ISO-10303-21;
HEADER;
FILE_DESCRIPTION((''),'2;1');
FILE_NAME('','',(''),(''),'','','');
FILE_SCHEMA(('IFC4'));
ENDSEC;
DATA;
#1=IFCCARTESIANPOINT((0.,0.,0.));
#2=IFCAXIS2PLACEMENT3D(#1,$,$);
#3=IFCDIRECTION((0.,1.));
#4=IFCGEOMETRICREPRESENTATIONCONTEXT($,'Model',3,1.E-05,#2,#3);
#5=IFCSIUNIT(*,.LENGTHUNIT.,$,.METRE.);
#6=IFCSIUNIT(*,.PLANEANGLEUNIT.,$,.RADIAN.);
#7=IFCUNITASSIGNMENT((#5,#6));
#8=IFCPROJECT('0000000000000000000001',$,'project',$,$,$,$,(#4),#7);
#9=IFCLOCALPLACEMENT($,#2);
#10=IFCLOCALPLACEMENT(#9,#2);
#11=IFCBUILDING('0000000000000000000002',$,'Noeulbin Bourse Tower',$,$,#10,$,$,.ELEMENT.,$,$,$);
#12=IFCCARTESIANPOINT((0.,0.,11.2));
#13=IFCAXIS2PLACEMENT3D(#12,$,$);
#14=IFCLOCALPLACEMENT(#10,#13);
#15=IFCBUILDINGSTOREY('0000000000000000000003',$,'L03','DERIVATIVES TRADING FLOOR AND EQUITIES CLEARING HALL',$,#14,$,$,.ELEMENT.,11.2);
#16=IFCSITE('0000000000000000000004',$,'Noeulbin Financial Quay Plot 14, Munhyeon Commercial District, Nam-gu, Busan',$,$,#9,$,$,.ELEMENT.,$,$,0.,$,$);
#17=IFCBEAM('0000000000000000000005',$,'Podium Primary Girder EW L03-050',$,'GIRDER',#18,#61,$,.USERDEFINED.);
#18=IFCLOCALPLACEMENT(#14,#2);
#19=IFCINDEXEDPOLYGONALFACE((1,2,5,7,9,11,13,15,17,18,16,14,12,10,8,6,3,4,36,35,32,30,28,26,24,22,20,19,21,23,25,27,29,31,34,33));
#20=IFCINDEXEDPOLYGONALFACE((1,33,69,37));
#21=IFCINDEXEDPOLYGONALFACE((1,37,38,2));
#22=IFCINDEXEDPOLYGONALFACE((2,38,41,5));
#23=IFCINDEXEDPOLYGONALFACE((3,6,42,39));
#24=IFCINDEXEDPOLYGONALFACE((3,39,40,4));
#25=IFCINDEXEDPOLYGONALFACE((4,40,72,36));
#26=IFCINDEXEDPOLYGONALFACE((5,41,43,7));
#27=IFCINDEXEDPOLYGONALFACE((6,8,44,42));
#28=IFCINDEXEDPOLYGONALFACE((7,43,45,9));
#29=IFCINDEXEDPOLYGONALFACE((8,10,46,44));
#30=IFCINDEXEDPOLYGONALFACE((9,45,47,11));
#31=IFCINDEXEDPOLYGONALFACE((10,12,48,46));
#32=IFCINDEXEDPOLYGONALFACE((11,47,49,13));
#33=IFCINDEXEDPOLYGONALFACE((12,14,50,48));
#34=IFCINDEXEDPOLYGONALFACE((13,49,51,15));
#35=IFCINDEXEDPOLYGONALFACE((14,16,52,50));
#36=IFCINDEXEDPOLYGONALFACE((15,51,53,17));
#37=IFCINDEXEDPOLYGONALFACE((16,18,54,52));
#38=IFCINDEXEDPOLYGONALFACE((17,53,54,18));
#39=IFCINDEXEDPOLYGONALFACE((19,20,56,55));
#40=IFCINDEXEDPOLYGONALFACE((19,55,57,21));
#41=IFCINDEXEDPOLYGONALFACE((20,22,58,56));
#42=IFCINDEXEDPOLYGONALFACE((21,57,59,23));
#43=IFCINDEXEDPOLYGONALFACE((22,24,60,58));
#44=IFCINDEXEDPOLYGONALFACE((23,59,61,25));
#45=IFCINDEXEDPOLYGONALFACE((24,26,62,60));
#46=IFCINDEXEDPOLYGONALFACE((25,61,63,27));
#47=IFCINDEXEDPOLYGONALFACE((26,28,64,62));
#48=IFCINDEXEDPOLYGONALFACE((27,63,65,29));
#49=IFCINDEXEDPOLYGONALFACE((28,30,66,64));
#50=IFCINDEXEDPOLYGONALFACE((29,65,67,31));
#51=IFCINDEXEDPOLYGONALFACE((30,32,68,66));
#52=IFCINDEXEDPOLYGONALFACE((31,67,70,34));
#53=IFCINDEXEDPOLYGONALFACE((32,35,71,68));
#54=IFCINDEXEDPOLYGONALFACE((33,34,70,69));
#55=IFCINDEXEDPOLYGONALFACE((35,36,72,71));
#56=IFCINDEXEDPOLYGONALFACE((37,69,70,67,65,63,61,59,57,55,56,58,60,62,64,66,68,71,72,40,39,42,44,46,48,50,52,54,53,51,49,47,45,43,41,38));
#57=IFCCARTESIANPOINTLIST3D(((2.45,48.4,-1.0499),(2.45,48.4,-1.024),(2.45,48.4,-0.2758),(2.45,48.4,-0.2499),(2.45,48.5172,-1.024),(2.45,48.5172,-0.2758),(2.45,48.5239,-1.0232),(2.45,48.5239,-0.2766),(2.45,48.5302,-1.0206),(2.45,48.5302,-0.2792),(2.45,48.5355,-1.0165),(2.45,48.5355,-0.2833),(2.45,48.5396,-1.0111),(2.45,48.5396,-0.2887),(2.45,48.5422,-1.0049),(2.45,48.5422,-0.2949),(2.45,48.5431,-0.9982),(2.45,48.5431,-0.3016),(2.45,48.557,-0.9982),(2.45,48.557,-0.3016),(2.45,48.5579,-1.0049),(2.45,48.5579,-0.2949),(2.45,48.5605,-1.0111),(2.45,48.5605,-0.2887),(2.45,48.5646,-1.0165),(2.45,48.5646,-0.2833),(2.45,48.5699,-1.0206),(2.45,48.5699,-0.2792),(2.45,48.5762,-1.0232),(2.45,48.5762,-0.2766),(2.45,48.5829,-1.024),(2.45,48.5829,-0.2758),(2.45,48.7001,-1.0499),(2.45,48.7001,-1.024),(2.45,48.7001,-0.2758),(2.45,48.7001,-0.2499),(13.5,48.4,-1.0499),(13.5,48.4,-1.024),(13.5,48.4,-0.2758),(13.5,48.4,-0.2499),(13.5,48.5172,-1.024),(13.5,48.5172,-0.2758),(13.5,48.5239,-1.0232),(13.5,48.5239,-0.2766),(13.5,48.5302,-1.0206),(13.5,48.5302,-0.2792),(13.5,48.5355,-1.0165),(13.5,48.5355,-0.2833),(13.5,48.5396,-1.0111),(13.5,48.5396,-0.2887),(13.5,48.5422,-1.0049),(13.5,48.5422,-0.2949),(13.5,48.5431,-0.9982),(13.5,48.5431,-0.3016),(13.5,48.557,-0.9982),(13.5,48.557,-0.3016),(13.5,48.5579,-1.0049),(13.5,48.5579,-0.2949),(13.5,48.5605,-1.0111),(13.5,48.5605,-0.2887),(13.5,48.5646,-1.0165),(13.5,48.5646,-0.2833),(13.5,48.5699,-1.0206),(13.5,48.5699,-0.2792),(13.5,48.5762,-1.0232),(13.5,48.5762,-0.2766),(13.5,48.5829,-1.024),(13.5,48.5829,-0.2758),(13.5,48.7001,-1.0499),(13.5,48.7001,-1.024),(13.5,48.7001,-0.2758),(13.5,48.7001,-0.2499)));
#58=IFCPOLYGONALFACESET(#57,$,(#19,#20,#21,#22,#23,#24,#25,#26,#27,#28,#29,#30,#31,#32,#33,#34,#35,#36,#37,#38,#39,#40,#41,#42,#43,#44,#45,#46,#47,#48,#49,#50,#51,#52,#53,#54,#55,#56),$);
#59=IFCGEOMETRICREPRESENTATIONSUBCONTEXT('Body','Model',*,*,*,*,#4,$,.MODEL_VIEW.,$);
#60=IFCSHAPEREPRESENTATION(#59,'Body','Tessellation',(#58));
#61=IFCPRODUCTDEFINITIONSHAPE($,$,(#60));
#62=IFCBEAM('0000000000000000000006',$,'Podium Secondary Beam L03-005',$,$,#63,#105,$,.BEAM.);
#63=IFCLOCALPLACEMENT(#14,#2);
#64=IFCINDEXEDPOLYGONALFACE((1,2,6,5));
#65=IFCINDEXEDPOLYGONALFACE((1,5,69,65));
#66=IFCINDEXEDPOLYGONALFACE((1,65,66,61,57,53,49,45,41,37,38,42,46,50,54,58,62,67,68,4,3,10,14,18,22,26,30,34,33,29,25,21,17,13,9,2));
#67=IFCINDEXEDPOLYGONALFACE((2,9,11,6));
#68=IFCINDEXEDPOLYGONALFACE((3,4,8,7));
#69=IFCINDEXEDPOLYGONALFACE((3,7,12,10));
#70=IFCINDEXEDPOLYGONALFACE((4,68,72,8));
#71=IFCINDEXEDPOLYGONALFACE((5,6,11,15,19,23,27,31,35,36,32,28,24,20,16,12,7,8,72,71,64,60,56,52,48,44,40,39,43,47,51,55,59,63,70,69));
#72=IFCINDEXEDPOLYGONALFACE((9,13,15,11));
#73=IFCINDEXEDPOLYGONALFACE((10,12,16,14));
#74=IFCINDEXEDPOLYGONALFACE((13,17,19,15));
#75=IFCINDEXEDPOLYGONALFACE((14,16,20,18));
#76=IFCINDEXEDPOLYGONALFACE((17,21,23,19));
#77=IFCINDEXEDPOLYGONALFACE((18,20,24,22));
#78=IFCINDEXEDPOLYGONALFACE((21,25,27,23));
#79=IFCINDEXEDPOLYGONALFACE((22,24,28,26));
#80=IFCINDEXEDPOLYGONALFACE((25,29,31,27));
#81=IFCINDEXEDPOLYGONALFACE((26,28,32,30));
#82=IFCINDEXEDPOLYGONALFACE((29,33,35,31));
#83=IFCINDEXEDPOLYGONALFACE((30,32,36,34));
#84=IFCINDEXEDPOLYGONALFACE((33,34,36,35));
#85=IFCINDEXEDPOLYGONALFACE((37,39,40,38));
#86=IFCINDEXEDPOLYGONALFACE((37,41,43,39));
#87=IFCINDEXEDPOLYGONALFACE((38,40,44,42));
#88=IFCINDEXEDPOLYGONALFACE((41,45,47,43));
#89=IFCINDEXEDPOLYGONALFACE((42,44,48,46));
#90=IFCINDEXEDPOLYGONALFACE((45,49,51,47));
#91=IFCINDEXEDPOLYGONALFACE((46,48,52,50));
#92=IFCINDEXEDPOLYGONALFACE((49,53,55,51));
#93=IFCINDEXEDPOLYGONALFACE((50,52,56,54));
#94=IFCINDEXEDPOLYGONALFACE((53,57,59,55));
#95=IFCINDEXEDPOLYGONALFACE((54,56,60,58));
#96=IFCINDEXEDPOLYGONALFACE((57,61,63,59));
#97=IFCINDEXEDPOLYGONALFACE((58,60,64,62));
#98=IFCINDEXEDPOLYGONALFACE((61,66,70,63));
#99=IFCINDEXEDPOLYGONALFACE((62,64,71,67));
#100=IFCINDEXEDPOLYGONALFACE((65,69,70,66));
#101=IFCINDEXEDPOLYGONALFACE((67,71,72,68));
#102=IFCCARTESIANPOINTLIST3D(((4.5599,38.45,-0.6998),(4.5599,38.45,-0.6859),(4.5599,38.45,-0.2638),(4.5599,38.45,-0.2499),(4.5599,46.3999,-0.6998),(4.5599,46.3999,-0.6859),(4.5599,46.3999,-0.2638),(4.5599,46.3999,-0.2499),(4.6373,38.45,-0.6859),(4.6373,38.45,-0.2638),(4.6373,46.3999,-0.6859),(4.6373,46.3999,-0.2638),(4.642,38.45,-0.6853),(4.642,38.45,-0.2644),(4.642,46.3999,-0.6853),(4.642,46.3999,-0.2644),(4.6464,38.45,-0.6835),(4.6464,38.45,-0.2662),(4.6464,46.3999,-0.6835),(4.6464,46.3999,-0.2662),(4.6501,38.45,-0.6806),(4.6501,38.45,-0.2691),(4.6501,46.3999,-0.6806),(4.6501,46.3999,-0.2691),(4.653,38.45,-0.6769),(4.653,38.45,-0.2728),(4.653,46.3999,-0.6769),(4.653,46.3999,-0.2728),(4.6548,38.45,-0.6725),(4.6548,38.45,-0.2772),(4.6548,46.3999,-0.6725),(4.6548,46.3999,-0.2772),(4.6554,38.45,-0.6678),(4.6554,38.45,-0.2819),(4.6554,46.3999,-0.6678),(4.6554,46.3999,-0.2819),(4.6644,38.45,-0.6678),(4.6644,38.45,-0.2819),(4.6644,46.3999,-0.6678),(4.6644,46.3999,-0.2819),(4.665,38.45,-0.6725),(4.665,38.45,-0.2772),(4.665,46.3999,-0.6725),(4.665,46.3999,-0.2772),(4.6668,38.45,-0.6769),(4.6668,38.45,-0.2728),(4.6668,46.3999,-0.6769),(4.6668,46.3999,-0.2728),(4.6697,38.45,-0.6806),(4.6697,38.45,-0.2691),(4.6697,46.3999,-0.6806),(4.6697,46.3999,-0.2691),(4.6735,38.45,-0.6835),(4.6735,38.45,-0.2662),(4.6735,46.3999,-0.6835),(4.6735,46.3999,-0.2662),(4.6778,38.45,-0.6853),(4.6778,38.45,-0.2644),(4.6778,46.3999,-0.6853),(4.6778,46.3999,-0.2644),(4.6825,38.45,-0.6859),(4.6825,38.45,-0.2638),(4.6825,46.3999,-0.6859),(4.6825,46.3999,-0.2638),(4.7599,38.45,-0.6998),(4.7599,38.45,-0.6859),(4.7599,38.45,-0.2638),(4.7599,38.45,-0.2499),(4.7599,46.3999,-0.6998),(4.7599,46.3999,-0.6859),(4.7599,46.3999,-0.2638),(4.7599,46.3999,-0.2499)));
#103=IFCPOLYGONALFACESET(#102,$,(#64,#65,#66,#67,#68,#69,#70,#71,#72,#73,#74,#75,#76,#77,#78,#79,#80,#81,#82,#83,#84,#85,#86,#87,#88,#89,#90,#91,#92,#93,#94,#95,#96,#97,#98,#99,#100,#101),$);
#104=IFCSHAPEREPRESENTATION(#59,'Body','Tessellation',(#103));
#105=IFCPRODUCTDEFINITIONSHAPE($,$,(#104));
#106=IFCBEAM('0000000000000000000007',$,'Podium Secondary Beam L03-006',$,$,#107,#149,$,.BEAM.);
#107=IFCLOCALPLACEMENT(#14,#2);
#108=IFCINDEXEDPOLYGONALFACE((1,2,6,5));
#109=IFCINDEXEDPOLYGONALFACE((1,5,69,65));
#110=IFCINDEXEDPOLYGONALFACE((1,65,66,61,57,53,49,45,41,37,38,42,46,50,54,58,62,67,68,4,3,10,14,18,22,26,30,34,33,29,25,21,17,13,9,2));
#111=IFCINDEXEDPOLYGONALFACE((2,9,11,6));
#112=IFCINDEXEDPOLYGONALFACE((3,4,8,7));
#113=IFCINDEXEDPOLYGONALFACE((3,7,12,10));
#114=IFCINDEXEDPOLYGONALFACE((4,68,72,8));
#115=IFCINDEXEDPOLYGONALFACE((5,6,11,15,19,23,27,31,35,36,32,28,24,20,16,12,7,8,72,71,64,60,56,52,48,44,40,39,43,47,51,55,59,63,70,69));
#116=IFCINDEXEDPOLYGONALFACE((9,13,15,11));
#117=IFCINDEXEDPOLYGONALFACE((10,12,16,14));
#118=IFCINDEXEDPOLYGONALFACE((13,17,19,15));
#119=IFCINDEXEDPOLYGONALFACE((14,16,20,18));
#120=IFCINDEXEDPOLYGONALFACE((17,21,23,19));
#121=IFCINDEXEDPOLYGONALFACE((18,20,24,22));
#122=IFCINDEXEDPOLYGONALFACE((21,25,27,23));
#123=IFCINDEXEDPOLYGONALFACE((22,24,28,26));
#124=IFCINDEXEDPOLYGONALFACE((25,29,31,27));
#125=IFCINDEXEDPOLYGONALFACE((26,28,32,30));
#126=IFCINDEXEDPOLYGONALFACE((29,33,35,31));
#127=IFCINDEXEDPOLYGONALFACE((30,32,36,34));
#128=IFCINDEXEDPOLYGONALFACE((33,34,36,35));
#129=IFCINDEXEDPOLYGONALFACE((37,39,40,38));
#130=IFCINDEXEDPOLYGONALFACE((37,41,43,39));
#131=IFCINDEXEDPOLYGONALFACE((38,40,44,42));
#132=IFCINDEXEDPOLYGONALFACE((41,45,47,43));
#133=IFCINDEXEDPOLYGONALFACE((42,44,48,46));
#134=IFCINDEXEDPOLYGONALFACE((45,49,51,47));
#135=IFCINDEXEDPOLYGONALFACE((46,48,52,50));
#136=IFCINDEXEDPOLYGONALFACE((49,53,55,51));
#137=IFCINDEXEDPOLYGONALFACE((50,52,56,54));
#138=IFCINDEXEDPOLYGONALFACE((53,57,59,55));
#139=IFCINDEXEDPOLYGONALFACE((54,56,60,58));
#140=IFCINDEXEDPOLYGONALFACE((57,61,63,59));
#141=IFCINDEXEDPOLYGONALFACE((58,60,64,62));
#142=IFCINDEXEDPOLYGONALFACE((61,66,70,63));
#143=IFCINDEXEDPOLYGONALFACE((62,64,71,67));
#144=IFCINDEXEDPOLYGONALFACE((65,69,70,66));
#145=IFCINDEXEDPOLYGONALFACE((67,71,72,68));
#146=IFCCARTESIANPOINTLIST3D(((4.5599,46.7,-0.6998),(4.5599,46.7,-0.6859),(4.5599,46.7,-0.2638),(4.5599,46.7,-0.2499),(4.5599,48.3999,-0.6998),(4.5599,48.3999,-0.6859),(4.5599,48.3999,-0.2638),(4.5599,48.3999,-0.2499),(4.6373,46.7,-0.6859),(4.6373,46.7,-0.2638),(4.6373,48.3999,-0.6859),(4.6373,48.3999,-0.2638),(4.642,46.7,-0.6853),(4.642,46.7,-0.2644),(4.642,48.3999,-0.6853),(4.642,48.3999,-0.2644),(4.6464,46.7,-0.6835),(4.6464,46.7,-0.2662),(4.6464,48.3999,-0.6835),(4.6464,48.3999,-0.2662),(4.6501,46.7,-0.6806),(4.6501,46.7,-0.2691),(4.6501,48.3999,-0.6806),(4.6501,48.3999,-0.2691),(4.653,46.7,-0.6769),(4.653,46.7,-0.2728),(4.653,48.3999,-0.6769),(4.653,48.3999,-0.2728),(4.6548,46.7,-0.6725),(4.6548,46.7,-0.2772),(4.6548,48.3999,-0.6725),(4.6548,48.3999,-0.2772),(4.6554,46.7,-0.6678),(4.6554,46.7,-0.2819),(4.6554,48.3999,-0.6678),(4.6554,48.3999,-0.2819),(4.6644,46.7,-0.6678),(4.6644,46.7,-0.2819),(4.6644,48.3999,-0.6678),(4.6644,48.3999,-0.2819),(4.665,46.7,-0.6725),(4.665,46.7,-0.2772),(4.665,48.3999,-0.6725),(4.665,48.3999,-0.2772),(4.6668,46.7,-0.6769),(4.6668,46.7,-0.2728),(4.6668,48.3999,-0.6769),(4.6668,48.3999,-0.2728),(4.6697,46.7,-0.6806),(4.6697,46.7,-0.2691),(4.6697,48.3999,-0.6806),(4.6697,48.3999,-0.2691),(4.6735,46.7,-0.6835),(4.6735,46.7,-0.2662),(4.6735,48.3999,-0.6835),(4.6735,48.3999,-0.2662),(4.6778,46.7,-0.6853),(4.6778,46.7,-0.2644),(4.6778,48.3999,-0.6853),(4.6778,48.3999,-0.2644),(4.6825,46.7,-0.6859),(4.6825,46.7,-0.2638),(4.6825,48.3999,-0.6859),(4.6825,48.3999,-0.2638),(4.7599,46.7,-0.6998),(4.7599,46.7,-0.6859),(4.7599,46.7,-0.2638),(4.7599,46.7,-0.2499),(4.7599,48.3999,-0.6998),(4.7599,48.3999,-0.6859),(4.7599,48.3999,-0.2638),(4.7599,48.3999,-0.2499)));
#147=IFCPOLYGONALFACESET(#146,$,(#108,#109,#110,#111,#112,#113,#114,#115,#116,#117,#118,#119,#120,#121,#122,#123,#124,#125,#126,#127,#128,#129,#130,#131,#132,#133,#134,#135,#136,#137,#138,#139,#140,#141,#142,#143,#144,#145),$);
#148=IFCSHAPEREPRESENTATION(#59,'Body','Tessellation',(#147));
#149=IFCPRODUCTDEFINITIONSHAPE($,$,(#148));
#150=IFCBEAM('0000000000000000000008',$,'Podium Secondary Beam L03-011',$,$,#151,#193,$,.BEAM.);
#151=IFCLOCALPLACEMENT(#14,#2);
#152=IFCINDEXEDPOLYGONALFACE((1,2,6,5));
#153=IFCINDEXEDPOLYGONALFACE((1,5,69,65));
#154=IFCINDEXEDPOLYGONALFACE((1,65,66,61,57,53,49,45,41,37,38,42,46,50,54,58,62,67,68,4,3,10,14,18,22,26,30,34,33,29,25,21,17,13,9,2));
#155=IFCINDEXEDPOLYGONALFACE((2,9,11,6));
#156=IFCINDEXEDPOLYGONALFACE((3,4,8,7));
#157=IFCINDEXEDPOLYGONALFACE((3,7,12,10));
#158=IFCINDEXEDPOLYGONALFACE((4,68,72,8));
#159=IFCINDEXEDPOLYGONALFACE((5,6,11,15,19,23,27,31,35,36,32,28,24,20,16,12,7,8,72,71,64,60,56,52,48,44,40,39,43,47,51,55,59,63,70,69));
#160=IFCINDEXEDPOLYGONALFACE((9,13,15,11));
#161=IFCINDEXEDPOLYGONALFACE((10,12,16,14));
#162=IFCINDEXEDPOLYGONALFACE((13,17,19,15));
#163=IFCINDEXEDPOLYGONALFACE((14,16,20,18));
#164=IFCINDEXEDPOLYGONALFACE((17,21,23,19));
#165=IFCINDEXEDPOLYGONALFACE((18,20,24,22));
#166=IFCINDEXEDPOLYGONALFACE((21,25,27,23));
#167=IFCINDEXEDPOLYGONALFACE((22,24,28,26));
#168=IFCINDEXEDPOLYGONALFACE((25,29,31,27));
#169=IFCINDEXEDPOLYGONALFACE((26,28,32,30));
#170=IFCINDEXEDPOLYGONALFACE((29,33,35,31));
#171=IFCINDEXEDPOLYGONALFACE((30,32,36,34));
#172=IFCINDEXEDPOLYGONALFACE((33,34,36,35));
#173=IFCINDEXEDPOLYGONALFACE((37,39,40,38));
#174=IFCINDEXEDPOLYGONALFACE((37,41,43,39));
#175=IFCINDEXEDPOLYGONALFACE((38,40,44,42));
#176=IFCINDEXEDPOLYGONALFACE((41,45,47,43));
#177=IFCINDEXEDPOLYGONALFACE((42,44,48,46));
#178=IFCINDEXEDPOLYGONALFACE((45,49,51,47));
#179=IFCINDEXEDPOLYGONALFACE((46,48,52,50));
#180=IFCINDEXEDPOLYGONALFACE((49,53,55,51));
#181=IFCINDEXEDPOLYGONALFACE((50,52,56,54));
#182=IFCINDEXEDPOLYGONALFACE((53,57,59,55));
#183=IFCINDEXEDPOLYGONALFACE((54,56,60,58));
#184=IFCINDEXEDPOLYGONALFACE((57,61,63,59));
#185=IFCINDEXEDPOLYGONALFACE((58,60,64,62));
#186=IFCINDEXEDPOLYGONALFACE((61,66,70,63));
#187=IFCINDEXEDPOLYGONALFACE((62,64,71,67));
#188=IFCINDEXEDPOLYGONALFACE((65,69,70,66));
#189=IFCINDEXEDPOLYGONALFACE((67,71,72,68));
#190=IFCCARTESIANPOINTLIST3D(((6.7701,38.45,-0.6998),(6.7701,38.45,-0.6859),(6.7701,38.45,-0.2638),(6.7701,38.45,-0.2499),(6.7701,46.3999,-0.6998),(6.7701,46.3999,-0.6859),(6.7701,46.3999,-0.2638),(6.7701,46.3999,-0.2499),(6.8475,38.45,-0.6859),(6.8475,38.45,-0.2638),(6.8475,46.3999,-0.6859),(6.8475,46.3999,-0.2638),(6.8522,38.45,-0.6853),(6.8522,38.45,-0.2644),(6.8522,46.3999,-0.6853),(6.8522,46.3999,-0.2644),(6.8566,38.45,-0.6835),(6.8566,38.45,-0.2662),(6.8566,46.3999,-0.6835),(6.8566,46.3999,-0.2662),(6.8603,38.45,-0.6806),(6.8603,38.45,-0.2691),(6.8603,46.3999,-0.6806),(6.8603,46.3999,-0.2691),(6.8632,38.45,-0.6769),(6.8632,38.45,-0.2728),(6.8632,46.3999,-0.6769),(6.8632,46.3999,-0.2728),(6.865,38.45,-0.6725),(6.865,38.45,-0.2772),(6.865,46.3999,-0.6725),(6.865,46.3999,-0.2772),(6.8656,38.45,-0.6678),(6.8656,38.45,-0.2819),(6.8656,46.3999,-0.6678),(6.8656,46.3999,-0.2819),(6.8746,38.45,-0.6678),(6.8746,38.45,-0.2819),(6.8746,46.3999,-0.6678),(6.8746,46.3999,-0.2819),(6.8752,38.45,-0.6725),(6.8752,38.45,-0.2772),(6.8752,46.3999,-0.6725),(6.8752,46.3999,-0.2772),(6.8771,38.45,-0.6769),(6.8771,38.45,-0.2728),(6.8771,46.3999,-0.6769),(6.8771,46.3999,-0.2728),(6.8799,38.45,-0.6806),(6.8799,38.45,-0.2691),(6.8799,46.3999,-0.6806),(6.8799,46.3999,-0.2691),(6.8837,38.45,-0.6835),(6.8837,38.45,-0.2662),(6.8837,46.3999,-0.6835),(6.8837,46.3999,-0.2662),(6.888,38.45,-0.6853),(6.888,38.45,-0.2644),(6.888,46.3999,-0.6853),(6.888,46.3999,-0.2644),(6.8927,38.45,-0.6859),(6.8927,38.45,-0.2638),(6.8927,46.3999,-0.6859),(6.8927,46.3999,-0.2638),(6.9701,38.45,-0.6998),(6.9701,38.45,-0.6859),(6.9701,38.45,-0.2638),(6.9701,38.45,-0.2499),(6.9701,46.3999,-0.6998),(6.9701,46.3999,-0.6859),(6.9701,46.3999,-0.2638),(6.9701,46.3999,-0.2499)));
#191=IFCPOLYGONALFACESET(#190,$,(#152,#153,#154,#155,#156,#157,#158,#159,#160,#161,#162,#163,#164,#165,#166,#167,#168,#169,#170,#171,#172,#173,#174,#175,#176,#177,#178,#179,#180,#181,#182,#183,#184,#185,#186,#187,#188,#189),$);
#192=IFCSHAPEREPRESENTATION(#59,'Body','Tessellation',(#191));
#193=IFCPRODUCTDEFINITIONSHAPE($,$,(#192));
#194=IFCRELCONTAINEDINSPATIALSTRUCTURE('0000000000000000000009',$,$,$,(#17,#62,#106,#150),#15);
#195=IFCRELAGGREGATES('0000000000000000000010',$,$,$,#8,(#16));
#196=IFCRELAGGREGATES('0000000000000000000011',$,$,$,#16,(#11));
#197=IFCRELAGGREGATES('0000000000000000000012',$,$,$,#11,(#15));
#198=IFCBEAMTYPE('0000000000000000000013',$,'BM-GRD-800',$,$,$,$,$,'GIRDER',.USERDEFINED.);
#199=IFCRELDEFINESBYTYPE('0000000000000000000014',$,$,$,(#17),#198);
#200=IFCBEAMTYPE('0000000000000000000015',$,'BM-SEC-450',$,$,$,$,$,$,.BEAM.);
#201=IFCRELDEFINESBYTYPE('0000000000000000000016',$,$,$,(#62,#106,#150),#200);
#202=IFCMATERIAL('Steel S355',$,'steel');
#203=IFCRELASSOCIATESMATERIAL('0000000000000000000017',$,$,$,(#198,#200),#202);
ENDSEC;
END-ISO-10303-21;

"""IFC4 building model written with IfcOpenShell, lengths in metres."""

from ifc_helpers import new_model, si_unit, direction, frame, origin, origin_2d, place, context, subcontext, project, spatial, i_section, extrude, material, material_profile, profile_set, type_object, element, save


model = new_model("IFC4")

# Units and contexts
model_context = context("Model", 3, precision=1e-05, world=origin(), true_north=direction((0.0, 1.0)))
body_context = subcontext(model_context, "Body", "Model", "MODEL_VIEW")
ifc_project = project(units=[si_unit("LENGTHUNIT", "METRE"), si_unit("PLANEANGLEUNIT", "RADIAN")], contexts=[model_context])

# Site, building, storey
site_placement = place(None, origin())
site = spatial("IfcSite", under=ifc_project, at=site_placement, Name="Noeulbin Financial Quay Plot 14, Munhyeon Commercial District, Nam-gu, Busan", CompositionType="ELEMENT", RefElevation=0.0)
building_placement = place(site_placement, origin())
building = spatial("IfcBuilding", under=site, at=building_placement, Name="Noeulbin Bourse Tower", CompositionType="ELEMENT")
storey_placement = place(building_placement, frame((0.0, 0.0, 11.2)))
storey = spatial("IfcBuildingStorey", under=building, at=storey_placement, Name="L03", Description="DERIVATIVES TRADING FLOOR AND EQUITIES CLEARING HALL", CompositionType="ELEMENT", Elevation=11.2)

# Beams
ifc_material_1 = material(Name="Steel S355", Category="steel")
ifc_material_profile_1 = material_profile(ifc_material_1, i_section(OverallWidth=0.3, OverallDepth=0.8, WebThickness=0.0139, FlangeThickness=0.0259, FilletRadius=0.0259, at=origin_2d()), Name="H-800x300x14x26", Category="LoadBearing")
ifc_profile_set_1 = profile_set([ifc_material_profile_1], Name="Steel S355")
beam_type_1 = type_object("IfcBeamType", Name="BM-GRD-800", ElementType="GIRDER", PredefinedType="USERDEFINED", material=ifc_profile_set_1)
beam_1_placement = place(storey_placement, frame((2.45, 48.55, -0.6499), z_axis=(1.0, 0.0, 0.0), x_axis=(0.0, 1.0, 0.0)))
element("IfcBeam", 1, at=beam_1_placement, inside=storey, type_object=beam_type_1, Name="Podium Primary Girder EW L03-050", ObjectType="GIRDER", PredefinedType="USERDEFINED", context=body_context, shape_type="SweptSolid", body=[
    extrude(i_section(OverallWidth=0.3, OverallDepth=0.8, WebThickness=0.0139, FlangeThickness=0.0259, FilletRadius=0.0259, at=origin_2d()), origin(), (0.0, 0.0, 1.0), 11.05),
])
ifc_material_profile_2 = material_profile(ifc_material_1, i_section(OverallWidth=0.2, OverallDepth=0.45, WebThickness=0.009, FlangeThickness=0.0139, FilletRadius=0.0181, at=origin_2d()), Name="H-450x200x9x14", Category="LoadBearing")
ifc_profile_set_2 = profile_set([ifc_material_profile_2], Name="Steel S355")
beam_type_2 = type_object("IfcBeamType", Name="BM-SEC-450", PredefinedType="BEAM", material=ifc_profile_set_2)
beam_2_placement = place(storey_placement, frame((4.6599, 38.45, -0.4749), z_axis=(0.0, 1.0, 0.0), x_axis=(-1.0, 0.0, 0.0)))
element("IfcBeam", 2, at=beam_2_placement, inside=storey, type_object=beam_type_2, Name="Podium Secondary Beam L03-005", PredefinedType="BEAM", context=body_context, shape_type="SweptSolid", body=[
    extrude(i_section(OverallWidth=0.2, OverallDepth=0.45, WebThickness=0.009, FlangeThickness=0.0139, FilletRadius=0.0181, at=origin_2d()), origin(), (0.0, 0.0, 1.0), 7.95),
])
beam_3_placement = place(storey_placement, frame((4.6599, 46.7, -0.4749), z_axis=(0.0, 1.0, 0.0), x_axis=(-1.0, 0.0, 0.0)))
element("IfcBeam", 3, at=beam_3_placement, inside=storey, type_object=beam_type_2, Name="Podium Secondary Beam L03-006", PredefinedType="BEAM", context=body_context, shape_type="SweptSolid", body=[
    extrude(i_section(OverallWidth=0.2, OverallDepth=0.45, WebThickness=0.009, FlangeThickness=0.0139, FilletRadius=0.0181, at=origin_2d()), origin(), (0.0, 0.0, 1.0), 1.7),
])
beam_4_placement = place(storey_placement, frame((6.8701, 38.45, -0.4749), z_axis=(0.0, 1.0, 0.0), x_axis=(-1.0, 0.0, 0.0)))
element("IfcBeam", 4, at=beam_4_placement, inside=storey, type_object=beam_type_2, Name="Podium Secondary Beam L03-011", PredefinedType="BEAM", context=body_context, shape_type="SweptSolid", body=[
    extrude(i_section(OverallWidth=0.2, OverallDepth=0.45, WebThickness=0.009, FlangeThickness=0.0139, FilletRadius=0.0181, at=origin_2d()), origin(), (0.0, 0.0, 1.0), 7.95),
])

save(model, "model.ifc")
